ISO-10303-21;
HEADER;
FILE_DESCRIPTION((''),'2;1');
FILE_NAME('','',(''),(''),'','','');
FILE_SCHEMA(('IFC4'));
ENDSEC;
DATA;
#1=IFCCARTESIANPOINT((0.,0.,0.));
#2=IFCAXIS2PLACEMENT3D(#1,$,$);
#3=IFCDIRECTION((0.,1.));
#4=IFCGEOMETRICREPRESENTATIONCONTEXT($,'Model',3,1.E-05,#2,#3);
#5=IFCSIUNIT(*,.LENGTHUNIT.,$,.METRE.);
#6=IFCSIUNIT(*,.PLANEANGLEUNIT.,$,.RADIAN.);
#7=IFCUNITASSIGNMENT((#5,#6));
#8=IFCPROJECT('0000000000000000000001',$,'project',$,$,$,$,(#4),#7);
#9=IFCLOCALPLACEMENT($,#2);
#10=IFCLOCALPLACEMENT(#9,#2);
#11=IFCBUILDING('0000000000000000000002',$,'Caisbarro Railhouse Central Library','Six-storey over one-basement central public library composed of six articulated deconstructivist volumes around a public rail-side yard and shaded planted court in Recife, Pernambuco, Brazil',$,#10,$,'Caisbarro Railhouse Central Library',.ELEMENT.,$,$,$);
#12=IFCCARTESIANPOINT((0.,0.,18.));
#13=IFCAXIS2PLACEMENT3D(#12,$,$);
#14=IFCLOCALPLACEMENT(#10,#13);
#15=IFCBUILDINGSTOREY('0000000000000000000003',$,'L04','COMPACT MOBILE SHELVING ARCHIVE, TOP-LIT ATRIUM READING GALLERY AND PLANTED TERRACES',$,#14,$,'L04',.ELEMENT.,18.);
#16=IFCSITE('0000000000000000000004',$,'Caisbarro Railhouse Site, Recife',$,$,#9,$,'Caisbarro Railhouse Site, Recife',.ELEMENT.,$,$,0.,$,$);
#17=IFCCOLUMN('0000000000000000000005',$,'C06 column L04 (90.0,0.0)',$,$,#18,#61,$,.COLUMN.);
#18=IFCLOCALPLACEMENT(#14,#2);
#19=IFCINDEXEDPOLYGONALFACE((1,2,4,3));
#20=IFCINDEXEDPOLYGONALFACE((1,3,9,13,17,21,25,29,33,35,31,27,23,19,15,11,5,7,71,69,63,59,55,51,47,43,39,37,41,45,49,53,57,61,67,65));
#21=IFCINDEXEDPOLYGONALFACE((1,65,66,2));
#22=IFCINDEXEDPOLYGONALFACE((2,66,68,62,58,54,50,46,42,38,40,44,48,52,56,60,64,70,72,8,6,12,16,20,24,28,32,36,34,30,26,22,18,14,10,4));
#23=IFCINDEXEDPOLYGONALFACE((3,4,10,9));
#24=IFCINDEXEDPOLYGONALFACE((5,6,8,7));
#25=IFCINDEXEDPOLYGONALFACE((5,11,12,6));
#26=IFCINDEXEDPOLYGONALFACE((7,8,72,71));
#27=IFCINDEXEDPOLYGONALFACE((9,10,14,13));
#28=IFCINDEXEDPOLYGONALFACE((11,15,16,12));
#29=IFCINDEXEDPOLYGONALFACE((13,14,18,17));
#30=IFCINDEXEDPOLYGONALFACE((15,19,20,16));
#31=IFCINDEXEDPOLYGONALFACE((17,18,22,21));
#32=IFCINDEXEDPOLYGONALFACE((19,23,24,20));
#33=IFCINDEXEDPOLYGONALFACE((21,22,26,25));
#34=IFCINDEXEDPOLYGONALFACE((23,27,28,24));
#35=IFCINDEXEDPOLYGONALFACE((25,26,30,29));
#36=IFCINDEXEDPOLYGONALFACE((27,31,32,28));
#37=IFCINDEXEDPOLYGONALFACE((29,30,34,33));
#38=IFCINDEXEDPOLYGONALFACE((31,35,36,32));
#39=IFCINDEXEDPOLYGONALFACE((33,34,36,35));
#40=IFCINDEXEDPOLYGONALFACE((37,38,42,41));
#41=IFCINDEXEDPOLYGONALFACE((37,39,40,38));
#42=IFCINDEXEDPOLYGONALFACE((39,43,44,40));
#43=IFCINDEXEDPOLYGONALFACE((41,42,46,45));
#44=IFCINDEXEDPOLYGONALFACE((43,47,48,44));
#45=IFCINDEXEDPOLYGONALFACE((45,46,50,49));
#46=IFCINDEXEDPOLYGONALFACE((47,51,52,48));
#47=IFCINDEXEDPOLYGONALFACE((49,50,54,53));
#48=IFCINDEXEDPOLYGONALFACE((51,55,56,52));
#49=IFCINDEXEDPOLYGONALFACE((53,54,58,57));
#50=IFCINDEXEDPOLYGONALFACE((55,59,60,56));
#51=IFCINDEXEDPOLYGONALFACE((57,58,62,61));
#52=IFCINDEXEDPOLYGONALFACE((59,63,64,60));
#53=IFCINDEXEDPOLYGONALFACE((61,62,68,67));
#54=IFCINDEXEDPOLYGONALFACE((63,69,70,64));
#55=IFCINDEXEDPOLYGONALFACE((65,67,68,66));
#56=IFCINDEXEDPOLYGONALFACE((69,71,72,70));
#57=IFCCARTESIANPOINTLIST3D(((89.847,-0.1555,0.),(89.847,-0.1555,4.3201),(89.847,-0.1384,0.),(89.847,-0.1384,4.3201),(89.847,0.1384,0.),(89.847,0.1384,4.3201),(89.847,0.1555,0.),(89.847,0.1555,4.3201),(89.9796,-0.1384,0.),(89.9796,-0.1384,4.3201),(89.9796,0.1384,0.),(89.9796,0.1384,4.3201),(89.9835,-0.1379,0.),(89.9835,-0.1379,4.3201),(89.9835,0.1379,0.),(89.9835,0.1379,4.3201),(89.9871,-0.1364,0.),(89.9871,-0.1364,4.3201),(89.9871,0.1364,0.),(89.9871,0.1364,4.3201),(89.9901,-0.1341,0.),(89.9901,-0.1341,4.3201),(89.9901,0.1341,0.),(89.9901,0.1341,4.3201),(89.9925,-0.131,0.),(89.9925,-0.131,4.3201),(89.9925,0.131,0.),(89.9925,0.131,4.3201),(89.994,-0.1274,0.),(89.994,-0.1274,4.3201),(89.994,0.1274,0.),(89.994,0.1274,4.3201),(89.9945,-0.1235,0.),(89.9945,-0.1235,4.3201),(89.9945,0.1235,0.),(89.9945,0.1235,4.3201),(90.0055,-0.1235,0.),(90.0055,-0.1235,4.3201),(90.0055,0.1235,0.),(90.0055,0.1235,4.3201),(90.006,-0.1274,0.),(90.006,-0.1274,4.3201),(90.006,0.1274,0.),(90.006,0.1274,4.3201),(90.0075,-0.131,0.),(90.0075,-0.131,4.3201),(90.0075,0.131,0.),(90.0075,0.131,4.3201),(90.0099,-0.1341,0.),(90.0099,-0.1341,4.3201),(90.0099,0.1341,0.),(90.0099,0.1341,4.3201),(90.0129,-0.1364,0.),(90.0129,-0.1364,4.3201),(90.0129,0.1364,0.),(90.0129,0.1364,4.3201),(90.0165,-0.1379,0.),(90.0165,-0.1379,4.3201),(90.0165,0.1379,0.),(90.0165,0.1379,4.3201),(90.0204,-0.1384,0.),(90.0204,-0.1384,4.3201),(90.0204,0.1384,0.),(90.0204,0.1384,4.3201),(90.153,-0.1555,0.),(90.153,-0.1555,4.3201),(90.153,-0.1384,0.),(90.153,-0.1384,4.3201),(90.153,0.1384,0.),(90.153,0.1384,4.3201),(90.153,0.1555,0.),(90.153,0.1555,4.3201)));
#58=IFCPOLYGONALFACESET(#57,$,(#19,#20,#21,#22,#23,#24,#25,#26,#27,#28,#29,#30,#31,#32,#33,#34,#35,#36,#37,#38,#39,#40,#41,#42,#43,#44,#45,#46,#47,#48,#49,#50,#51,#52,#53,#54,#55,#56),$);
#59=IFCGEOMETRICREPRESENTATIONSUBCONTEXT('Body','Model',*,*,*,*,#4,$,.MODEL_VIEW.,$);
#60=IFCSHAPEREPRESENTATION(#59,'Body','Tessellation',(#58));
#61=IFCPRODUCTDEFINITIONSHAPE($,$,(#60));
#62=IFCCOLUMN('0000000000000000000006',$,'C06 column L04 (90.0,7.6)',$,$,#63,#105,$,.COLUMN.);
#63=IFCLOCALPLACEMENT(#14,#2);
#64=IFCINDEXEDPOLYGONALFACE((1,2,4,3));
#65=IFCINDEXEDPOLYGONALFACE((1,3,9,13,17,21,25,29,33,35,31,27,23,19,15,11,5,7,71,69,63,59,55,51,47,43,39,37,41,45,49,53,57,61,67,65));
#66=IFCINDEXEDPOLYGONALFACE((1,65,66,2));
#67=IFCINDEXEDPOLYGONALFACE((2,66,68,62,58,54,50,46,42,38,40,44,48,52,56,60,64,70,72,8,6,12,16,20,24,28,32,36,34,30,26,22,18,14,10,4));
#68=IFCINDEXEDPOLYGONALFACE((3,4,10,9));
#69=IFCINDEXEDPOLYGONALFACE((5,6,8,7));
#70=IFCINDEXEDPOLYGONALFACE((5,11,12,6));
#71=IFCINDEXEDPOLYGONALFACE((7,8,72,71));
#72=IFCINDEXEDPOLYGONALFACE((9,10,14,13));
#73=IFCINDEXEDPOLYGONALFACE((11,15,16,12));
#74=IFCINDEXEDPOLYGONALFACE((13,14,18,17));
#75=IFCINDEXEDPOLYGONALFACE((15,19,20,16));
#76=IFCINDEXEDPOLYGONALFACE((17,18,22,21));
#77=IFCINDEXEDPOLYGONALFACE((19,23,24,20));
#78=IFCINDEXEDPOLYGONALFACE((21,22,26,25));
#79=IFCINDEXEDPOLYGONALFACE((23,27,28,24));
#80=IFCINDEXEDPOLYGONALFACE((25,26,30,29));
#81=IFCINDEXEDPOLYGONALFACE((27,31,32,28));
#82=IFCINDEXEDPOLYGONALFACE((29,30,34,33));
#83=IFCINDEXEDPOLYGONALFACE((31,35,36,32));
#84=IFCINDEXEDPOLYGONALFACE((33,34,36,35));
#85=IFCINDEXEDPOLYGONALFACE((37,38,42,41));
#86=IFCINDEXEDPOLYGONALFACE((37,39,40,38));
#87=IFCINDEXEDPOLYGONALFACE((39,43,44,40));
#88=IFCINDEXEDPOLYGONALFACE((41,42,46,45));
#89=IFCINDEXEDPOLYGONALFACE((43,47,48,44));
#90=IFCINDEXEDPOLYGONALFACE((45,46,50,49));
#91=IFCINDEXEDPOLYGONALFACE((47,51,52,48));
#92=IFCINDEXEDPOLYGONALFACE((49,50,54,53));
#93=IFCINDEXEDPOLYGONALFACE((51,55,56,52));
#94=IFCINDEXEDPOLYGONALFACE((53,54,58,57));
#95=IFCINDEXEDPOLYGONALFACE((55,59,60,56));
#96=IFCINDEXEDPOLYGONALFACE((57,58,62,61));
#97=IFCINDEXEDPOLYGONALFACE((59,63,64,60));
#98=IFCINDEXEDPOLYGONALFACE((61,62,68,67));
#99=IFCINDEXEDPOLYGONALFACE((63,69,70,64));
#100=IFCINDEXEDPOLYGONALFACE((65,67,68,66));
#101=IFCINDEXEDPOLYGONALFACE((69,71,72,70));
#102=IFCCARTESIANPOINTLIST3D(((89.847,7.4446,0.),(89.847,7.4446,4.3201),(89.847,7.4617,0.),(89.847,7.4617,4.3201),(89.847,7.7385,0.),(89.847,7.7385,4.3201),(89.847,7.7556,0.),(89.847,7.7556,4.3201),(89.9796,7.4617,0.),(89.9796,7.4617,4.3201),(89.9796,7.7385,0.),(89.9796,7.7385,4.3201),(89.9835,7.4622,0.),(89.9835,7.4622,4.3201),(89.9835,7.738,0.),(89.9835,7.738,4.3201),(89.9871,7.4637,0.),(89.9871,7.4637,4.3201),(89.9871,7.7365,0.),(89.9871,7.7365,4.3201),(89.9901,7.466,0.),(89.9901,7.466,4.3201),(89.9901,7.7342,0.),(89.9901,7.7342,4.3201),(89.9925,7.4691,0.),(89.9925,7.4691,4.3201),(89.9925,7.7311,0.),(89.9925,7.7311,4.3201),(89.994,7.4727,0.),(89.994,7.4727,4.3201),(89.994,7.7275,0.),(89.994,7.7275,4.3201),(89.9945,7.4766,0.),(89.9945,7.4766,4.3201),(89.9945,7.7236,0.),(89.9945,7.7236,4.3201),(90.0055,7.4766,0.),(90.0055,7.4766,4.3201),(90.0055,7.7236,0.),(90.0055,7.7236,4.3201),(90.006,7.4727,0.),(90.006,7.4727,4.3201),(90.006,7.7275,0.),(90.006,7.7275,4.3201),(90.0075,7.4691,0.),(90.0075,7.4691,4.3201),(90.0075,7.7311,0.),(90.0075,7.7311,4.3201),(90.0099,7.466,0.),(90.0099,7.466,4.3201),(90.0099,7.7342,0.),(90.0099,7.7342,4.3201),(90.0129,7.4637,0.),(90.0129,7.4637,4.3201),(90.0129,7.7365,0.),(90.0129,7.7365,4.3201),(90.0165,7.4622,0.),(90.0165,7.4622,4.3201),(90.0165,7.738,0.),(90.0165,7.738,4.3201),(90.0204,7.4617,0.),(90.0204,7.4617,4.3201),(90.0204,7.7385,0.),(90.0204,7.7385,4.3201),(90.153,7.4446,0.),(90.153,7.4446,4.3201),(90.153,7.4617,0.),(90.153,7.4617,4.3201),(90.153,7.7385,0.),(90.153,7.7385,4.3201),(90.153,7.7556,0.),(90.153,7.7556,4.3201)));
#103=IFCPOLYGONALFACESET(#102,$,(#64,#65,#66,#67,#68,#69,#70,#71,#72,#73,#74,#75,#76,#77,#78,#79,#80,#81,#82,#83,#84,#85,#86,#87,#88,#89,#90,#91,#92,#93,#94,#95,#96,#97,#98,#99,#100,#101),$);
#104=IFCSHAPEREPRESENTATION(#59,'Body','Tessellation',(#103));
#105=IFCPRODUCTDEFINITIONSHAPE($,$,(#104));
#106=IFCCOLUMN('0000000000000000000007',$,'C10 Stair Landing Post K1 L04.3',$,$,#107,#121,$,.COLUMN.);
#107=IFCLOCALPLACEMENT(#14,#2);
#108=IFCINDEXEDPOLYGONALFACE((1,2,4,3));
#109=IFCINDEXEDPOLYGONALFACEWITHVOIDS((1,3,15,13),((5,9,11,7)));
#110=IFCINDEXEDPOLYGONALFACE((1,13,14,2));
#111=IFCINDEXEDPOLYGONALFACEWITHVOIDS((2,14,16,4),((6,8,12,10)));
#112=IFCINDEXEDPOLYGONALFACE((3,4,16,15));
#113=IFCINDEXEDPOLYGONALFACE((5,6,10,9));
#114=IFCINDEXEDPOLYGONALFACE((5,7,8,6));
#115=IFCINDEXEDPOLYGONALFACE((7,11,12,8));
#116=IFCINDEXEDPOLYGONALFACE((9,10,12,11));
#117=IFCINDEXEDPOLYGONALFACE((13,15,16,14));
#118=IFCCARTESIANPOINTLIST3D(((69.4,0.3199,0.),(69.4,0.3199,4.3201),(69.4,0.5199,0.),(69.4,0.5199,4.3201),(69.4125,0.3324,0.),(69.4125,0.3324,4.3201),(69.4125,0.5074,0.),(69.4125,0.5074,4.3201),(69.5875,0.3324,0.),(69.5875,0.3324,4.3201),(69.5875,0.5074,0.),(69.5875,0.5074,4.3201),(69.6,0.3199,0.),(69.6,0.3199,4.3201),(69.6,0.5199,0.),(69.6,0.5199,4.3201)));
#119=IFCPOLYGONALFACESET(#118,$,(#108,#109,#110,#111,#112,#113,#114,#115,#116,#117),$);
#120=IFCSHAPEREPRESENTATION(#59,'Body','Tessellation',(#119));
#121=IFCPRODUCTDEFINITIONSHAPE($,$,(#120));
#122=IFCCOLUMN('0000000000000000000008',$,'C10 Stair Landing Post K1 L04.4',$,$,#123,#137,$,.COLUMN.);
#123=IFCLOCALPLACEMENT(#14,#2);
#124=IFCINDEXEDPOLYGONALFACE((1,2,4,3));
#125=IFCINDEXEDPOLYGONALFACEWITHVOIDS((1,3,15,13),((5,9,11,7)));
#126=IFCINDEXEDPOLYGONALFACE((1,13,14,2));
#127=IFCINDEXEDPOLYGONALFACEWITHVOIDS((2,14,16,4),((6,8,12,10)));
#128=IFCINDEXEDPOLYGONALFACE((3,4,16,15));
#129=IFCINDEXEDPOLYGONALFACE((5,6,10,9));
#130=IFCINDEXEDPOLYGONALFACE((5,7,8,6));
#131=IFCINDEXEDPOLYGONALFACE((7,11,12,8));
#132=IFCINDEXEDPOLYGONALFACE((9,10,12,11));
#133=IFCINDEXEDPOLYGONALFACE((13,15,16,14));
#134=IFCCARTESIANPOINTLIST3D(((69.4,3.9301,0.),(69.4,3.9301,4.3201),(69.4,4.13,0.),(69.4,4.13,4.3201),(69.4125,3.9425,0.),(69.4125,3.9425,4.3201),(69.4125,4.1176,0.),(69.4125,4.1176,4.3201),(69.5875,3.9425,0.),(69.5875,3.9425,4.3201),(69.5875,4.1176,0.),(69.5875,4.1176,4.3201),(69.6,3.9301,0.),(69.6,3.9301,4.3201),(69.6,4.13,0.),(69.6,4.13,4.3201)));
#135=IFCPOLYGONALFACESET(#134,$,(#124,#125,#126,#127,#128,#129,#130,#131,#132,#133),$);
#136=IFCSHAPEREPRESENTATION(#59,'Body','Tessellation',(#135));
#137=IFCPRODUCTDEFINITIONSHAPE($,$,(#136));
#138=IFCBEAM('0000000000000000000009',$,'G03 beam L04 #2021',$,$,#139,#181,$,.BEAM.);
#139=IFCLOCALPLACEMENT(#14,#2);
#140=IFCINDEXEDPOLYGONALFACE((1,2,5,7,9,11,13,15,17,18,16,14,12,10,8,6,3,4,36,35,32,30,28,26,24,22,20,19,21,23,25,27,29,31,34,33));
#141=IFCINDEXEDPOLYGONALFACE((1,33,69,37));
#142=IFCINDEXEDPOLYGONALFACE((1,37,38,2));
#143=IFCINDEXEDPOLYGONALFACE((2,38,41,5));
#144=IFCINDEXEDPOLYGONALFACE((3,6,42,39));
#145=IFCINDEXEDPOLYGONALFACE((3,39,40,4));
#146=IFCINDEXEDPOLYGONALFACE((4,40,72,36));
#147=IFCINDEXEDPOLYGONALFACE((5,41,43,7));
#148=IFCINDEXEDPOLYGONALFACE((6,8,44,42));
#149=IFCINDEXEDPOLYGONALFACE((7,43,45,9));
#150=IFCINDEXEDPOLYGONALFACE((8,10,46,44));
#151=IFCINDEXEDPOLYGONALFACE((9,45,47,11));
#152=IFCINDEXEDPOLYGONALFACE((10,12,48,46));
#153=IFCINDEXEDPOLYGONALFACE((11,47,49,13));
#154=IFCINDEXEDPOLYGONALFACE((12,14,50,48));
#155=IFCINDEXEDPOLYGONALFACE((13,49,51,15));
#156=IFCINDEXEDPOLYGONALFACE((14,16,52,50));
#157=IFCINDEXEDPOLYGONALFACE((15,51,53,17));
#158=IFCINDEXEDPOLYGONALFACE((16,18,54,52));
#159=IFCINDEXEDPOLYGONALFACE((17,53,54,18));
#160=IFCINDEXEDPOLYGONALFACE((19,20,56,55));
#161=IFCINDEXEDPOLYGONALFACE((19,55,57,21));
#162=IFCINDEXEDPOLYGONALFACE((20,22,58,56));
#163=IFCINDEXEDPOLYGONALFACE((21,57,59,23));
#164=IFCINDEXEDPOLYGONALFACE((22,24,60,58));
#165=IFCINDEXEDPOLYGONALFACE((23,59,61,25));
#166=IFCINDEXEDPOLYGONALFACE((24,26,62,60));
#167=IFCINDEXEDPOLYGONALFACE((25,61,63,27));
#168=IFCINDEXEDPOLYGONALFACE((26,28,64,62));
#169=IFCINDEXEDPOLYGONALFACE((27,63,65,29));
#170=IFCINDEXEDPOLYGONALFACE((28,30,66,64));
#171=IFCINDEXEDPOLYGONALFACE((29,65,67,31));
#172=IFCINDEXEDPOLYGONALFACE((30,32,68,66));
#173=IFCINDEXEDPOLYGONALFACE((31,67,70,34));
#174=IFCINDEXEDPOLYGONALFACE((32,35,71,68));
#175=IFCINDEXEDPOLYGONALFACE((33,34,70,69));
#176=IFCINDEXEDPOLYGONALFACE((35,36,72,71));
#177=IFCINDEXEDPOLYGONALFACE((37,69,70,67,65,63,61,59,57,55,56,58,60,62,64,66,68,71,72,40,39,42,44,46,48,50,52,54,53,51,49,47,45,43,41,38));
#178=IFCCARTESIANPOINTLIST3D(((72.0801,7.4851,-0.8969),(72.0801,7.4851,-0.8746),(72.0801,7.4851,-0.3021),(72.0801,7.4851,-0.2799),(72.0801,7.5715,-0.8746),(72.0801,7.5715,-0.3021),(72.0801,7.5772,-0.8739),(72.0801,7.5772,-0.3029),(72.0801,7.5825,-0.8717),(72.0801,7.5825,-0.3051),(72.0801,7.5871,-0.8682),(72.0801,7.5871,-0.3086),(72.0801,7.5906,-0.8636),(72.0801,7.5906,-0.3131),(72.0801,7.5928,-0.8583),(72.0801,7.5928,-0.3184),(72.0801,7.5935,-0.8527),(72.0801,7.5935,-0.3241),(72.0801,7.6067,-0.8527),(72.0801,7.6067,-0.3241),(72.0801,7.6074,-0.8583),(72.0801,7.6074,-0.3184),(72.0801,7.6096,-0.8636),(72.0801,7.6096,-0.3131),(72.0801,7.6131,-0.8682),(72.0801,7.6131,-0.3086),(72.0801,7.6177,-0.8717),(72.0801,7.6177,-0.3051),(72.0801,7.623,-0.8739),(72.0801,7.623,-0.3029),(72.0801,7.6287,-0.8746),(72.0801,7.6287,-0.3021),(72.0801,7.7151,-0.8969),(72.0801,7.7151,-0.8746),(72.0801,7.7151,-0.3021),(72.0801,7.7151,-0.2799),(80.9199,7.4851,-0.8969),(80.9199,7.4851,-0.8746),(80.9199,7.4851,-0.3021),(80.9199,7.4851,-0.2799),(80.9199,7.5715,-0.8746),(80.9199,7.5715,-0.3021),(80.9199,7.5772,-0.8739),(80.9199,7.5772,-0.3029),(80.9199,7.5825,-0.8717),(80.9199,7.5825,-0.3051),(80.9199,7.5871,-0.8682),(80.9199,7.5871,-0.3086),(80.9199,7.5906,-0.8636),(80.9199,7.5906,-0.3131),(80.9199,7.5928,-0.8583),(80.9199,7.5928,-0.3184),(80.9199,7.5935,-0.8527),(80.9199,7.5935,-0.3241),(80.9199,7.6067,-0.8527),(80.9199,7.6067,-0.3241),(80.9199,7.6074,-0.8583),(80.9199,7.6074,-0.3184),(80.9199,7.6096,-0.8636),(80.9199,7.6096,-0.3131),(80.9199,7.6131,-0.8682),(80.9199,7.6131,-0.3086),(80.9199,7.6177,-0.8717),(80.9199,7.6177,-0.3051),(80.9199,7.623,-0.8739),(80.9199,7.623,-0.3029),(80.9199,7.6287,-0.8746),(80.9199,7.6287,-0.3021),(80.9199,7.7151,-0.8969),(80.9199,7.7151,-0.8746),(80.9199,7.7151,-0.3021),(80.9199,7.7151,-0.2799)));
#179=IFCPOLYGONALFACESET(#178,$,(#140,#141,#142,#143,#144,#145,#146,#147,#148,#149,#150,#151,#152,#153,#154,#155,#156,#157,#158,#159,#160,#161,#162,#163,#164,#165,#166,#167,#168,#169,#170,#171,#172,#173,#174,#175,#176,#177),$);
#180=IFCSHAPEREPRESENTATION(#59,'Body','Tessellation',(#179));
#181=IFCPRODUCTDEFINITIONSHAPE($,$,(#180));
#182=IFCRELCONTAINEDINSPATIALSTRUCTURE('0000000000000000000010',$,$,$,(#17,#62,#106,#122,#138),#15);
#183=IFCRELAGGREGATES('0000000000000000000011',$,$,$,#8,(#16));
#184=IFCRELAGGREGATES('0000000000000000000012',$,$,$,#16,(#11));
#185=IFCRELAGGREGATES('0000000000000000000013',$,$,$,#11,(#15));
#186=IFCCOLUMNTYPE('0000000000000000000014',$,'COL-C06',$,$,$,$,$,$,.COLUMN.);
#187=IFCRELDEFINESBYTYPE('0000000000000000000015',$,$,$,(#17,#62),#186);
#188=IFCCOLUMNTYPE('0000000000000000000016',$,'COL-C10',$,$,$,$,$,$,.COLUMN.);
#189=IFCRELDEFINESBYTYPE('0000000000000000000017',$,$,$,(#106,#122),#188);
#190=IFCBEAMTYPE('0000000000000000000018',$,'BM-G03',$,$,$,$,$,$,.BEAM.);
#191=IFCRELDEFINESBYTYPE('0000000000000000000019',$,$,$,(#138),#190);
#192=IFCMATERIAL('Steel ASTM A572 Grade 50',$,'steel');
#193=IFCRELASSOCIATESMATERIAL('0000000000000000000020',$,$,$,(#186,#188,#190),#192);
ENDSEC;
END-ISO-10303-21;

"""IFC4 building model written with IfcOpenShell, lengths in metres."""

from ifc_helpers import new_model, si_unit, direction, frame, origin, origin_2d, place, context, subcontext, project, spatial, hollow_rectangle, i_section, extrude, material, material_profile, profile_set, type_object, element, save


model = new_model("IFC4")

# Units and contexts
model_context = context("Model", 3, precision=1e-05, world=origin(), true_north=direction((0.0, 1.0)))
body_context = subcontext(model_context, "Body", "Model", "MODEL_VIEW")
ifc_project = project(units=[si_unit("LENGTHUNIT", "METRE"), si_unit("PLANEANGLEUNIT", "RADIAN")], contexts=[model_context])

# Site, building, storey
site_placement = place(None, origin())
site = spatial("IfcSite", under=ifc_project, at=site_placement, Name="Caisbarro Railhouse Site, Recife", LongName="Caisbarro Railhouse Site, Recife", CompositionType="ELEMENT", RefElevation=0.0)
building_placement = place(site_placement, origin())
building = spatial("IfcBuilding", under=site, at=building_placement, Name="Caisbarro Railhouse Central Library", Description="Six-storey over one-basement central public library composed of six articulated deconstructivist volumes around a public rail-side yard and shaded planted court in Recife, Pernambuco, Brazil", LongName="Caisbarro Railhouse Central Library", CompositionType="ELEMENT")
storey_placement = place(building_placement, frame((0.0, 0.0, 18.0)))
storey = spatial("IfcBuildingStorey", under=building, at=storey_placement, Name="L04", Description="COMPACT MOBILE SHELVING ARCHIVE, TOP-LIT ATRIUM READING GALLERY AND PLANTED TERRACES", LongName="L04", CompositionType="ELEMENT", Elevation=18.0)

# Columns
ifc_material_1 = material(Name="Steel ASTM A572 Grade 50", Category="steel")
ifc_material_profile_1 = material_profile(ifc_material_1, i_section(OverallWidth=0.3059, OverallDepth=0.311, WebThickness=0.011, FlangeThickness=0.0171, FilletRadius=0.0149, at=origin_2d()), Name="W310X107.0")
ifc_profile_set_1 = profile_set([ifc_material_profile_1], Name="Steel ASTM A572 Grade 50")
column_type_1 = type_object("IfcColumnType", Name="COL-C06", PredefinedType="COLUMN", material=ifc_profile_set_1)
for number, where, z_axis, x_axis, name in (
    (1, (90.0, 0.0, 0.0), (0.0, 0.0, 1.0), (1.0, 0.0, 0.0), "C06 column L04 (90.0,0.0)"),
    (2, (90.0, 7.6001, 0.0), (0.0, 0.0, 1.0), (1.0, 0.0, 0.0), "C06 column L04 (90.0,7.6)"),
):
    element("IfcColumn", number, at=place(storey_placement, frame(where, z_axis=z_axis, x_axis=x_axis)), inside=storey, type_object=column_type_1, Name=name, PredefinedType="COLUMN", context=body_context, shape_type="SweptSolid", body=[
        extrude(i_section(OverallWidth=0.3059, OverallDepth=0.311, WebThickness=0.011, FlangeThickness=0.0171, FilletRadius=0.0149, at=origin_2d()), origin(), (0.0, 0.0, 1.0), 4.3201),
    ])
ifc_material_profile_2 = material_profile(ifc_material_1, hollow_rectangle(XDim=0.2, YDim=0.2, WallThickness=0.0125, at=origin_2d()), Name="HSS200X200X12.5")
ifc_profile_set_2 = profile_set([ifc_material_profile_2], Name="Steel ASTM A572 Grade 50")
column_type_2 = type_object("IfcColumnType", Name="COL-C10", PredefinedType="COLUMN", material=ifc_profile_set_2)
for number, where, z_axis, x_axis, name in (
    (3, (69.5, 0.4199, 0.0), (0.0, 0.0, 1.0), (1.0, 0.0, 0.0), "C10 Stair Landing Post K1 L04.3"),
    (4, (69.5, 4.03, 0.0), (0.0, 0.0, 1.0), (1.0, 0.0, 0.0), "C10 Stair Landing Post K1 L04.4"),
):
    element("IfcColumn", number, at=place(storey_placement, frame(where, z_axis=z_axis, x_axis=x_axis)), inside=storey, type_object=column_type_2, Name=name, PredefinedType="COLUMN", context=body_context, shape_type="SweptSolid", body=[
        extrude(hollow_rectangle(XDim=0.2, YDim=0.2, WallThickness=0.0125, at=origin_2d()), origin(), (0.0, 0.0, 1.0), 4.3201),
    ])

# Beam
ifc_material_profile_3 = material_profile(ifc_material_1, i_section(OverallWidth=0.23, OverallDepth=0.6169, WebThickness=0.0132, FlangeThickness=0.0222, FilletRadius=0.022, at=origin_2d()), Name="W610X140.0")
ifc_profile_set_3 = profile_set([ifc_material_profile_3], Name="Steel ASTM A572 Grade 50")
beam_type_1 = type_object("IfcBeamType", Name="BM-G03", PredefinedType="BEAM", material=ifc_profile_set_3)
for number, where, z_axis, x_axis, name in (
    (5, (72.0801, 7.6001, -0.5884), (1.0, 0.0, 0.0), (0.0, 1.0, 0.0), "G03 beam L04 #2021"),
):
    element("IfcBeam", number, at=place(storey_placement, frame(where, z_axis=z_axis, x_axis=x_axis)), inside=storey, type_object=beam_type_1, Name=name, PredefinedType="BEAM", context=body_context, shape_type="SweptSolid", body=[
        extrude(i_section(OverallWidth=0.23, OverallDepth=0.6169, WebThickness=0.0132, FlangeThickness=0.0222, FilletRadius=0.022, at=origin_2d()), origin(), (0.0, 0.0, 1.0), 8.8398),
    ])

save(model, "model.ifc")
